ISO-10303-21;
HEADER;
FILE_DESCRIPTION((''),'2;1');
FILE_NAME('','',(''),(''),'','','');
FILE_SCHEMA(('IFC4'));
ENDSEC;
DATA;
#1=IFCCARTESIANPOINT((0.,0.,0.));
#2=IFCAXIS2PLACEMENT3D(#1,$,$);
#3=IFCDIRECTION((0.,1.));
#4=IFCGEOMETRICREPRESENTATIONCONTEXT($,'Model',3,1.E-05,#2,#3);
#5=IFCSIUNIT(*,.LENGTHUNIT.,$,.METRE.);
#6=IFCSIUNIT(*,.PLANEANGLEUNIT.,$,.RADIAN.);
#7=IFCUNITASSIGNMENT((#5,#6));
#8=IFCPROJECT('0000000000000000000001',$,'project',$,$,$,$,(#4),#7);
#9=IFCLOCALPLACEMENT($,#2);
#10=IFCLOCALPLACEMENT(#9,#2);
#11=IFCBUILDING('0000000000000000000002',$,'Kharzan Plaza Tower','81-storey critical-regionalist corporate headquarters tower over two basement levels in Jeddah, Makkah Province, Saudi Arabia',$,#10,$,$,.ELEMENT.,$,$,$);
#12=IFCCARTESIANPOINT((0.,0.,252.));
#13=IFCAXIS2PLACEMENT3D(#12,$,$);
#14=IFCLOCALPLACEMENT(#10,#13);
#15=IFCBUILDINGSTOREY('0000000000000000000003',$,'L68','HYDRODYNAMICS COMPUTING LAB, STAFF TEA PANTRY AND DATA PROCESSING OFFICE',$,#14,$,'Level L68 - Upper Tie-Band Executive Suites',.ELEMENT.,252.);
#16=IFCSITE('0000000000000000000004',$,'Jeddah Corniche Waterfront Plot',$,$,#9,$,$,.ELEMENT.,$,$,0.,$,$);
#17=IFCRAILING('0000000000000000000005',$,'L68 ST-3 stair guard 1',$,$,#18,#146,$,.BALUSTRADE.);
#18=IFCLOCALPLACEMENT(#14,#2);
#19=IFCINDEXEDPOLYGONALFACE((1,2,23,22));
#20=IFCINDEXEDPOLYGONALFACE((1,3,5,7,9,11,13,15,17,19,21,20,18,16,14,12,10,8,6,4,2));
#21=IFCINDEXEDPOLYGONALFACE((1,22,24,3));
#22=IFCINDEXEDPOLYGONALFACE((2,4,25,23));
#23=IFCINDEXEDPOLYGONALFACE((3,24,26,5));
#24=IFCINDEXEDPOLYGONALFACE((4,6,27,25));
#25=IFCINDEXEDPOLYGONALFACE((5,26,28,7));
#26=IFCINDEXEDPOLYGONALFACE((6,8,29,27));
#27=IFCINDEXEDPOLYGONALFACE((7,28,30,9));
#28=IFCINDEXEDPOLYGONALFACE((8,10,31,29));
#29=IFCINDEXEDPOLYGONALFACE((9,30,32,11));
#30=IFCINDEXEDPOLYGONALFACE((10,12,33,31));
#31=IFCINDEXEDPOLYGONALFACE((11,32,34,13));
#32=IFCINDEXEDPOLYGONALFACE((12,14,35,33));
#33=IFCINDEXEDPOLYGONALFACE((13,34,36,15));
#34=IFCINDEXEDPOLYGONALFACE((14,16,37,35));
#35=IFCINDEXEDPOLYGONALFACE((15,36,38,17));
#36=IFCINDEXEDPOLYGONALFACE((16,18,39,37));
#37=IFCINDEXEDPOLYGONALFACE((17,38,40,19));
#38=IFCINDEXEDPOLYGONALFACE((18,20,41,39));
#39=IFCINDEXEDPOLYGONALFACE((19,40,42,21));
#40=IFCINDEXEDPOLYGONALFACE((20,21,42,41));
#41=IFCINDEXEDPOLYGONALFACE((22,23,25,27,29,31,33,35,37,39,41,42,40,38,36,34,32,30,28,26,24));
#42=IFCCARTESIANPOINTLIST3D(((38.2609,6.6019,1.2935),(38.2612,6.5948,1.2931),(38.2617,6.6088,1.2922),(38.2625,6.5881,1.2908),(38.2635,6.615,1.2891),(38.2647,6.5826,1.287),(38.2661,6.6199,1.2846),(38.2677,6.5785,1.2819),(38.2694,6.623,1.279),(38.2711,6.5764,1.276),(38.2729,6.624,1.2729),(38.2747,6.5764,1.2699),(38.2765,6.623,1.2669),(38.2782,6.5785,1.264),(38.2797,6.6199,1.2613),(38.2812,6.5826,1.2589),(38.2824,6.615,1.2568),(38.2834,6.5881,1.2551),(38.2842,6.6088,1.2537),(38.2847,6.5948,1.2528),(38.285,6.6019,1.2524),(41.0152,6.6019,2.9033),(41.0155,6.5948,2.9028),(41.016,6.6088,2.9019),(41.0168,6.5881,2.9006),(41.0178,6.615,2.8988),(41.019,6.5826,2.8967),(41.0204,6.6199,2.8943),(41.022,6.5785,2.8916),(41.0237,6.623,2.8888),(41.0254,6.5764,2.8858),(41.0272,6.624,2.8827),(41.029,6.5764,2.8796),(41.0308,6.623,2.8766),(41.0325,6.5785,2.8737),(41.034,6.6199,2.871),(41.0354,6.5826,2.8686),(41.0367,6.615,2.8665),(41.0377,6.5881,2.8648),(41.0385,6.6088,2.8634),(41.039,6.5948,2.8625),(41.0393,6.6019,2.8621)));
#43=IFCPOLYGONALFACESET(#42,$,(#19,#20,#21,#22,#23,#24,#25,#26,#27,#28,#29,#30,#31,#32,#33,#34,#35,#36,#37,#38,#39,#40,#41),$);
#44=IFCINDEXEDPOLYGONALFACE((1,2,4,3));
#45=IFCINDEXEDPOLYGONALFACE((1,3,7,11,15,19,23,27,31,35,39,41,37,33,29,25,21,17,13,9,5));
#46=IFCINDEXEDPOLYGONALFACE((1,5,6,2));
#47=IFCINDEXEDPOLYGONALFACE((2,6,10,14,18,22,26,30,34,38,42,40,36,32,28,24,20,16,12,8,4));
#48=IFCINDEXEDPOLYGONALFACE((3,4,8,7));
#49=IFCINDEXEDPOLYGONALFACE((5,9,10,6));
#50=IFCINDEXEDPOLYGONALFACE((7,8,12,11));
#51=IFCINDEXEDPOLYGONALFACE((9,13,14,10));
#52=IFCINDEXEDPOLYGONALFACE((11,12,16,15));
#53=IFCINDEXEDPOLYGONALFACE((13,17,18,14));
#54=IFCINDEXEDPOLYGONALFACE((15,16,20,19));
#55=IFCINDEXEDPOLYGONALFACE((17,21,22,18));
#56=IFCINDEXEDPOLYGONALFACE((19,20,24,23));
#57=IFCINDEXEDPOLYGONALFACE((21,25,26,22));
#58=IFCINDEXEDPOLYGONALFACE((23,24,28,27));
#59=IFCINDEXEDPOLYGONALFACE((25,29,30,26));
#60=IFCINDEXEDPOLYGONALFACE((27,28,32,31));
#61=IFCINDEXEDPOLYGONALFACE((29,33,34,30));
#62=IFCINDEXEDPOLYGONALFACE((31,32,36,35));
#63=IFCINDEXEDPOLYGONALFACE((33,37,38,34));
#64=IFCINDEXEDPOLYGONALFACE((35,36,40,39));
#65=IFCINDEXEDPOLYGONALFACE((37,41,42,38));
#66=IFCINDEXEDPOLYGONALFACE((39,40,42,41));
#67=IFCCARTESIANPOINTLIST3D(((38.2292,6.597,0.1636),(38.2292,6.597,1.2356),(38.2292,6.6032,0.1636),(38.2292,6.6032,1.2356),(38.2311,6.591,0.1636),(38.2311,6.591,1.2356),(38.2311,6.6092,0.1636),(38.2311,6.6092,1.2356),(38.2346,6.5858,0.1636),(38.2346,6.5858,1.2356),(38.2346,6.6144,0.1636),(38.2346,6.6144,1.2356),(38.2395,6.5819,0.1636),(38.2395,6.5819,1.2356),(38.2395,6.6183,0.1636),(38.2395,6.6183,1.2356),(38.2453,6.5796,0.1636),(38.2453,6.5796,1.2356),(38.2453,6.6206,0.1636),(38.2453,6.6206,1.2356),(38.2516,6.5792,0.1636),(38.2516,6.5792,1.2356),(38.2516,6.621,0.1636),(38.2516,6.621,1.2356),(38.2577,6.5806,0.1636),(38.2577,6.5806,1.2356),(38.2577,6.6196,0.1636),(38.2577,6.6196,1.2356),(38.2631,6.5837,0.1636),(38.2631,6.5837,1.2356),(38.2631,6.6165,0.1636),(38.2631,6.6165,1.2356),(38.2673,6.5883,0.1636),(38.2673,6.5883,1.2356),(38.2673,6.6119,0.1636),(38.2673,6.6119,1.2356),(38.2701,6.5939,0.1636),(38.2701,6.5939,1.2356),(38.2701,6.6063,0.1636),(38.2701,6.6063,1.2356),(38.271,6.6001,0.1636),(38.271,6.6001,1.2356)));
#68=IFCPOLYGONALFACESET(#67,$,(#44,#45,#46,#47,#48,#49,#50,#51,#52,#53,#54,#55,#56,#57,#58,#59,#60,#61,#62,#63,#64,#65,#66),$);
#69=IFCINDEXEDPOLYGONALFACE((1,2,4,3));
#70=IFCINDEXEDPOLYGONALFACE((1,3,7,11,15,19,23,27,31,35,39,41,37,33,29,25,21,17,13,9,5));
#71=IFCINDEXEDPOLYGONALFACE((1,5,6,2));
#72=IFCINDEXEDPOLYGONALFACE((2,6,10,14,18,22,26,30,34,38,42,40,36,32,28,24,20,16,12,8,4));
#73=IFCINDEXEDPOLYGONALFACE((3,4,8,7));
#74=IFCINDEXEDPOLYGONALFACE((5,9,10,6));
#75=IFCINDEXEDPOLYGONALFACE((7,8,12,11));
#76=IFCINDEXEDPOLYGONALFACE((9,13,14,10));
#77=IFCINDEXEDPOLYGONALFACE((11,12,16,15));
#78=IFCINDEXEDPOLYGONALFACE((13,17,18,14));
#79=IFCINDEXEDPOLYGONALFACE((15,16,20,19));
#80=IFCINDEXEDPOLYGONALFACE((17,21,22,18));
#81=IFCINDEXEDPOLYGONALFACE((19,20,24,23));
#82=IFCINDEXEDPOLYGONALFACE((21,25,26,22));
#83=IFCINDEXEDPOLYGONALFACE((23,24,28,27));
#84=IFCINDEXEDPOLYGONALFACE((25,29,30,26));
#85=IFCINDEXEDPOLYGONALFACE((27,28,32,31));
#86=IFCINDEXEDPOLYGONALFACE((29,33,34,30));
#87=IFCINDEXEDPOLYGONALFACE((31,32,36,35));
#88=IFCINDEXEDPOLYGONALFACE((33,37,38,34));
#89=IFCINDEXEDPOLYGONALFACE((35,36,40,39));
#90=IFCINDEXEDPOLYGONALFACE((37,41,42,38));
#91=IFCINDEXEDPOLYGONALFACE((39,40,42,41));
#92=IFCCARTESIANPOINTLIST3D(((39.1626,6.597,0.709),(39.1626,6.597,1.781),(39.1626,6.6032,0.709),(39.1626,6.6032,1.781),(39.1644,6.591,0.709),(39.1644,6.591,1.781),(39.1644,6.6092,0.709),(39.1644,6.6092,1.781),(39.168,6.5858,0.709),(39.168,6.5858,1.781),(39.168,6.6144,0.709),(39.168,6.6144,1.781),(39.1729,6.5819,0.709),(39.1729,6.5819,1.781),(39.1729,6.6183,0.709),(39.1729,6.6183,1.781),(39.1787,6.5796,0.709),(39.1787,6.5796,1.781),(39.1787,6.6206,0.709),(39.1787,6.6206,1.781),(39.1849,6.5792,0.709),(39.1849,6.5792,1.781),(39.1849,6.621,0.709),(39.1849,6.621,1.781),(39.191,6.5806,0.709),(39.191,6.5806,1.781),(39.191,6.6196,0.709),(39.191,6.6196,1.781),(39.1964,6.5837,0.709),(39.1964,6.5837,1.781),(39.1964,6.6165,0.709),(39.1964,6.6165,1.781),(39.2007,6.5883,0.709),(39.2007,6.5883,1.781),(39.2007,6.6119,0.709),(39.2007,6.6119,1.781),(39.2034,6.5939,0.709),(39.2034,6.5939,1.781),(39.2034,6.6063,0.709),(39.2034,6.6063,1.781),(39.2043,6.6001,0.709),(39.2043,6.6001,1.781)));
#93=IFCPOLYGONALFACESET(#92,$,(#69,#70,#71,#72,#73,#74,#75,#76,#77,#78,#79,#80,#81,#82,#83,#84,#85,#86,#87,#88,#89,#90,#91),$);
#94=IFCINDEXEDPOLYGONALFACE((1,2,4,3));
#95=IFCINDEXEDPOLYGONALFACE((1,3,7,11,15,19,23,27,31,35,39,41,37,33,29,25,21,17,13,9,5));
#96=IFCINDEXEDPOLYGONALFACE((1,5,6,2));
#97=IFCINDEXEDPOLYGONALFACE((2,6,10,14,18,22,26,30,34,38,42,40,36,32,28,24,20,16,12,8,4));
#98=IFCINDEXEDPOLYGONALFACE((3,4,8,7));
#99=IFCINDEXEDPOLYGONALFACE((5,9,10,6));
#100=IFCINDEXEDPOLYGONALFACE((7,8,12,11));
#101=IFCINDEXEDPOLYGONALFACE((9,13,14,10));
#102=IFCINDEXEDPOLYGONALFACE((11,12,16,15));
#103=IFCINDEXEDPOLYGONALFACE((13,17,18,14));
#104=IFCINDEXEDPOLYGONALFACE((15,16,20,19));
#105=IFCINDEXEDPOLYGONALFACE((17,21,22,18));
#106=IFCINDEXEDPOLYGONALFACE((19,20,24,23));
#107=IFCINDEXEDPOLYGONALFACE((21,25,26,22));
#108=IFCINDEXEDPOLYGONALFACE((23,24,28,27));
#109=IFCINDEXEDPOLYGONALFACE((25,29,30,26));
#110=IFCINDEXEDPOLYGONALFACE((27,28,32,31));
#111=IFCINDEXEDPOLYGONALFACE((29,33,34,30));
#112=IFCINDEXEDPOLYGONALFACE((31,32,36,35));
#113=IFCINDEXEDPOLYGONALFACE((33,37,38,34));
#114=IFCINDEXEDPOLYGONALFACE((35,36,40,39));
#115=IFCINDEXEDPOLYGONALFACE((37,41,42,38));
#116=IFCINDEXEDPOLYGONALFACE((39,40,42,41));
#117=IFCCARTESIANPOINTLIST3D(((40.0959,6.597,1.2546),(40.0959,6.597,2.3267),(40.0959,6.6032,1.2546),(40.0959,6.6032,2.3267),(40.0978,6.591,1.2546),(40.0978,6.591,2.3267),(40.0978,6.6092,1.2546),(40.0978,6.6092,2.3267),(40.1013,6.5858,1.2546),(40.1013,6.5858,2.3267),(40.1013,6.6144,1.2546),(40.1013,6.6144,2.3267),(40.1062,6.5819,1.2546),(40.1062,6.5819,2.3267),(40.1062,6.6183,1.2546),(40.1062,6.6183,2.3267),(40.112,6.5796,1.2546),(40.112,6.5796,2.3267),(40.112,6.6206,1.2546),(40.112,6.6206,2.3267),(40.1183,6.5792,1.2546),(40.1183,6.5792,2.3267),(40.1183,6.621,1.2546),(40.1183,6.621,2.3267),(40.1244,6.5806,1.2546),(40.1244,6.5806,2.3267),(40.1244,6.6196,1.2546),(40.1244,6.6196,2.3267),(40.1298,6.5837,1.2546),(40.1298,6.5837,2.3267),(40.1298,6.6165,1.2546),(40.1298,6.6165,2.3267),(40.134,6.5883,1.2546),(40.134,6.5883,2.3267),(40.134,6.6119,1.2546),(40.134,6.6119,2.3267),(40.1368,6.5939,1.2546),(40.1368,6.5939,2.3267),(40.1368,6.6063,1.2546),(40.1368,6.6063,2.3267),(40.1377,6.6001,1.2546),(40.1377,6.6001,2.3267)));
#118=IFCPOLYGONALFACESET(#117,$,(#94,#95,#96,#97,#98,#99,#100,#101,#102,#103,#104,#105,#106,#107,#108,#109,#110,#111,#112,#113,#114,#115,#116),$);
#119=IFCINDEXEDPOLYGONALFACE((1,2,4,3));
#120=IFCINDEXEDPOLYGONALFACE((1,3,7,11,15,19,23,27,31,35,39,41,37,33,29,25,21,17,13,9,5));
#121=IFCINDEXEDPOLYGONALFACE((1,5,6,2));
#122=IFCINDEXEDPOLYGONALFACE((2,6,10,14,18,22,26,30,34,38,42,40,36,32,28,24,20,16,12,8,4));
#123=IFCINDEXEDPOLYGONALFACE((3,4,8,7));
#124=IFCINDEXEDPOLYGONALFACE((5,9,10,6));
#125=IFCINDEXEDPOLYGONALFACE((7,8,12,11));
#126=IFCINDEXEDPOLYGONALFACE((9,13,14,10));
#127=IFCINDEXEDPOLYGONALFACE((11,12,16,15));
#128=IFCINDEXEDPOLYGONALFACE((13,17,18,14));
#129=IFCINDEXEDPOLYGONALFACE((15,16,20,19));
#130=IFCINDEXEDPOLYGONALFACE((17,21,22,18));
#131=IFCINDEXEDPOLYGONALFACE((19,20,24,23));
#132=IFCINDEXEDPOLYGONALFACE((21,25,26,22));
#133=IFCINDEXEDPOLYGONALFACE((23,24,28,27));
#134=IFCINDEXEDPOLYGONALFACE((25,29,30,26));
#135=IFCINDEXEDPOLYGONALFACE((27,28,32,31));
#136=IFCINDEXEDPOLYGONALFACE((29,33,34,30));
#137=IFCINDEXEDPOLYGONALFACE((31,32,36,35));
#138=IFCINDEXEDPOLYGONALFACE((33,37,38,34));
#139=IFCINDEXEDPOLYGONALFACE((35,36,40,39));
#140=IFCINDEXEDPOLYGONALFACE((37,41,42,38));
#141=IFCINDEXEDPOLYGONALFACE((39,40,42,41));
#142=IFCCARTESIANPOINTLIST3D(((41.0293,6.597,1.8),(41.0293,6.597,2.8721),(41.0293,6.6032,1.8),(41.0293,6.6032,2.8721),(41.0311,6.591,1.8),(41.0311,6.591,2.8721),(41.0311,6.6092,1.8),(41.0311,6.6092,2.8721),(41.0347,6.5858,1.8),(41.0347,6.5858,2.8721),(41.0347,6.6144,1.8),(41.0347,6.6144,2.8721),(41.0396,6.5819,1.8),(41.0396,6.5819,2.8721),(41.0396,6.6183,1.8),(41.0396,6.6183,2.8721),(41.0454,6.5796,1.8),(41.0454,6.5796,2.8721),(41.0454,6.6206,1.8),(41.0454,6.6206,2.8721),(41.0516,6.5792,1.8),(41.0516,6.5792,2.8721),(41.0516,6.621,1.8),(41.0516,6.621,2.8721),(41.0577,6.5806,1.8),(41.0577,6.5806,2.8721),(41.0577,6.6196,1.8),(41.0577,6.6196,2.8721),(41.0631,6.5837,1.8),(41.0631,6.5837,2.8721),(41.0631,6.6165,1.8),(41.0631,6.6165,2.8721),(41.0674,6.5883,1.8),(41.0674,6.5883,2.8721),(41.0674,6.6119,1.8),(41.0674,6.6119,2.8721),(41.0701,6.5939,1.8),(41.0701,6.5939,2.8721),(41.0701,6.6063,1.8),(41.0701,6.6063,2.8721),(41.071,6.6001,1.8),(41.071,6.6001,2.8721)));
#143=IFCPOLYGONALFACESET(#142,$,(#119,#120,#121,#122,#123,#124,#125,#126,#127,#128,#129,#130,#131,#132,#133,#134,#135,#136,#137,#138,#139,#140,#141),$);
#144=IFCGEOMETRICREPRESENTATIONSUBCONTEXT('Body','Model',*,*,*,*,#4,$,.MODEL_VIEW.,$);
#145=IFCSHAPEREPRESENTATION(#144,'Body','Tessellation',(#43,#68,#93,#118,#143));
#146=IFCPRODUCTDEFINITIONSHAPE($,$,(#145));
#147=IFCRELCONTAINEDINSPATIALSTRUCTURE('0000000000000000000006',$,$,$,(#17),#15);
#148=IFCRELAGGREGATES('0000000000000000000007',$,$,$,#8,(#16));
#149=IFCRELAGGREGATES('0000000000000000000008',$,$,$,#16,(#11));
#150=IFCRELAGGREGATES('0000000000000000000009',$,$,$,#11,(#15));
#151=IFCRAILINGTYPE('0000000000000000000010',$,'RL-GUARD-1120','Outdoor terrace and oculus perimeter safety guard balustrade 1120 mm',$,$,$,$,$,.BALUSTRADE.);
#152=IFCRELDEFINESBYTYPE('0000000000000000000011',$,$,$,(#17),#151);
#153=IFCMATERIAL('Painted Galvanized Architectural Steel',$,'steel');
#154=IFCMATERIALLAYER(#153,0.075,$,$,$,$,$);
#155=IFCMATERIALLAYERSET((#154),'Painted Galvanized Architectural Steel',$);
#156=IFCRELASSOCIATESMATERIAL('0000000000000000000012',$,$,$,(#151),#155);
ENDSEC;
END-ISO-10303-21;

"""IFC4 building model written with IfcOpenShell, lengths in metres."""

from ifc_helpers import new_model, si_unit, direction, frame, origin, origin_2d, place, context, subcontext, project, spatial, circle, extrude, source, transform, mapped, material, layer, layer_set, type_object, element, save


model = new_model("IFC4")

# Units and contexts
model_context = context("Model", 3, precision=1e-05, world=origin(), true_north=direction((0.0, 1.0)))
body_context = subcontext(model_context, "Body", "Model", "MODEL_VIEW")
ifc_project = project(units=[si_unit("LENGTHUNIT", "METRE"), si_unit("PLANEANGLEUNIT", "RADIAN")], contexts=[model_context])

# Site, building, storey
site_placement = place(None, origin())
site = spatial("IfcSite", under=ifc_project, at=site_placement, Name="Jeddah Corniche Waterfront Plot", CompositionType="ELEMENT", RefElevation=0.0)
building_placement = place(site_placement, origin())
building = spatial("IfcBuilding", under=site, at=building_placement, Name="Kharzan Plaza Tower", Description="81-storey critical-regionalist corporate headquarters tower over two basement levels in Jeddah, Makkah Province, Saudi Arabia", CompositionType="ELEMENT")
storey_placement = place(building_placement, frame((0.0, 0.0, 252.0)))
storey = spatial("IfcBuildingStorey", under=building, at=storey_placement, Name="L68", Description="HYDRODYNAMICS COMPUTING LAB, STAFF TEA PANTRY AND DATA PROCESSING OFFICE", LongName="Level L68 - Upper Tie-Band Executive Suites", CompositionType="ELEMENT", Elevation=252.0)

# Railing
ifc_material_1 = material(Name="Painted Galvanized Architectural Steel", Category="steel")
ifc_layer_1 = layer(ifc_material_1, 0.075)
ifc_layer_set_1 = layer_set([ifc_layer_1], Name="Painted Galvanized Architectural Steel")
railing_type_1 = type_object("IfcRailingType", Name="RL-GUARD-1120", Description="Outdoor terrace and oculus perimeter safety guard balustrade 1120 mm", PredefinedType="BALUSTRADE", material=ifc_layer_set_1)
shared_shape_1 = source(origin(), body_context, "Body", "SweptSolid", [
    extrude(circle(Radius=0.0239, at=origin_2d()), frame((0.0229, 0.0, 1.1094), z_axis=(0.863361, 0.0, 0.504587), x_axis=(0.0, 1.0, 0.0)), (0.0, 0.0, 1.0), 3.1902),
    extrude(circle(Radius=0.021, at=origin_2d()), origin(), (0.0, 0.0, 1.0), 1.072),
    extrude(circle(Radius=0.021, at=origin_2d()), frame((0.9333, 0.0, 0.5454)), (0.0, 0.0, 1.0), 1.072),
    extrude(circle(Radius=0.021, at=origin_2d()), frame((1.8667, 0.0, 1.0911)), (0.0, 0.0, 1.0), 1.072),
    extrude(circle(Radius=0.021, at=origin_2d()), frame((2.8, 0.0, 1.6365)), (0.0, 0.0, 1.0), 1.072),
])
railing_1_placement = place(storey_placement, frame((38.25, 6.6001, 0.1636)))
element("IfcRailing", 1, at=railing_1_placement, inside=storey, type_object=railing_type_1, Name="L68 ST-3 stair guard 1", PredefinedType="BALUSTRADE", context=body_context, shape_type="MappedRepresentation", body=[
    mapped(shared_shape_1, transform((0.0, 0.0, 0.0), x_axis=(1.0, 0.0, 0.0), y_axis=(0.0, 1.0, 0.0), z_axis=(0.0, 0.0, 1.0))),
])

save(model, "model.ifc")
